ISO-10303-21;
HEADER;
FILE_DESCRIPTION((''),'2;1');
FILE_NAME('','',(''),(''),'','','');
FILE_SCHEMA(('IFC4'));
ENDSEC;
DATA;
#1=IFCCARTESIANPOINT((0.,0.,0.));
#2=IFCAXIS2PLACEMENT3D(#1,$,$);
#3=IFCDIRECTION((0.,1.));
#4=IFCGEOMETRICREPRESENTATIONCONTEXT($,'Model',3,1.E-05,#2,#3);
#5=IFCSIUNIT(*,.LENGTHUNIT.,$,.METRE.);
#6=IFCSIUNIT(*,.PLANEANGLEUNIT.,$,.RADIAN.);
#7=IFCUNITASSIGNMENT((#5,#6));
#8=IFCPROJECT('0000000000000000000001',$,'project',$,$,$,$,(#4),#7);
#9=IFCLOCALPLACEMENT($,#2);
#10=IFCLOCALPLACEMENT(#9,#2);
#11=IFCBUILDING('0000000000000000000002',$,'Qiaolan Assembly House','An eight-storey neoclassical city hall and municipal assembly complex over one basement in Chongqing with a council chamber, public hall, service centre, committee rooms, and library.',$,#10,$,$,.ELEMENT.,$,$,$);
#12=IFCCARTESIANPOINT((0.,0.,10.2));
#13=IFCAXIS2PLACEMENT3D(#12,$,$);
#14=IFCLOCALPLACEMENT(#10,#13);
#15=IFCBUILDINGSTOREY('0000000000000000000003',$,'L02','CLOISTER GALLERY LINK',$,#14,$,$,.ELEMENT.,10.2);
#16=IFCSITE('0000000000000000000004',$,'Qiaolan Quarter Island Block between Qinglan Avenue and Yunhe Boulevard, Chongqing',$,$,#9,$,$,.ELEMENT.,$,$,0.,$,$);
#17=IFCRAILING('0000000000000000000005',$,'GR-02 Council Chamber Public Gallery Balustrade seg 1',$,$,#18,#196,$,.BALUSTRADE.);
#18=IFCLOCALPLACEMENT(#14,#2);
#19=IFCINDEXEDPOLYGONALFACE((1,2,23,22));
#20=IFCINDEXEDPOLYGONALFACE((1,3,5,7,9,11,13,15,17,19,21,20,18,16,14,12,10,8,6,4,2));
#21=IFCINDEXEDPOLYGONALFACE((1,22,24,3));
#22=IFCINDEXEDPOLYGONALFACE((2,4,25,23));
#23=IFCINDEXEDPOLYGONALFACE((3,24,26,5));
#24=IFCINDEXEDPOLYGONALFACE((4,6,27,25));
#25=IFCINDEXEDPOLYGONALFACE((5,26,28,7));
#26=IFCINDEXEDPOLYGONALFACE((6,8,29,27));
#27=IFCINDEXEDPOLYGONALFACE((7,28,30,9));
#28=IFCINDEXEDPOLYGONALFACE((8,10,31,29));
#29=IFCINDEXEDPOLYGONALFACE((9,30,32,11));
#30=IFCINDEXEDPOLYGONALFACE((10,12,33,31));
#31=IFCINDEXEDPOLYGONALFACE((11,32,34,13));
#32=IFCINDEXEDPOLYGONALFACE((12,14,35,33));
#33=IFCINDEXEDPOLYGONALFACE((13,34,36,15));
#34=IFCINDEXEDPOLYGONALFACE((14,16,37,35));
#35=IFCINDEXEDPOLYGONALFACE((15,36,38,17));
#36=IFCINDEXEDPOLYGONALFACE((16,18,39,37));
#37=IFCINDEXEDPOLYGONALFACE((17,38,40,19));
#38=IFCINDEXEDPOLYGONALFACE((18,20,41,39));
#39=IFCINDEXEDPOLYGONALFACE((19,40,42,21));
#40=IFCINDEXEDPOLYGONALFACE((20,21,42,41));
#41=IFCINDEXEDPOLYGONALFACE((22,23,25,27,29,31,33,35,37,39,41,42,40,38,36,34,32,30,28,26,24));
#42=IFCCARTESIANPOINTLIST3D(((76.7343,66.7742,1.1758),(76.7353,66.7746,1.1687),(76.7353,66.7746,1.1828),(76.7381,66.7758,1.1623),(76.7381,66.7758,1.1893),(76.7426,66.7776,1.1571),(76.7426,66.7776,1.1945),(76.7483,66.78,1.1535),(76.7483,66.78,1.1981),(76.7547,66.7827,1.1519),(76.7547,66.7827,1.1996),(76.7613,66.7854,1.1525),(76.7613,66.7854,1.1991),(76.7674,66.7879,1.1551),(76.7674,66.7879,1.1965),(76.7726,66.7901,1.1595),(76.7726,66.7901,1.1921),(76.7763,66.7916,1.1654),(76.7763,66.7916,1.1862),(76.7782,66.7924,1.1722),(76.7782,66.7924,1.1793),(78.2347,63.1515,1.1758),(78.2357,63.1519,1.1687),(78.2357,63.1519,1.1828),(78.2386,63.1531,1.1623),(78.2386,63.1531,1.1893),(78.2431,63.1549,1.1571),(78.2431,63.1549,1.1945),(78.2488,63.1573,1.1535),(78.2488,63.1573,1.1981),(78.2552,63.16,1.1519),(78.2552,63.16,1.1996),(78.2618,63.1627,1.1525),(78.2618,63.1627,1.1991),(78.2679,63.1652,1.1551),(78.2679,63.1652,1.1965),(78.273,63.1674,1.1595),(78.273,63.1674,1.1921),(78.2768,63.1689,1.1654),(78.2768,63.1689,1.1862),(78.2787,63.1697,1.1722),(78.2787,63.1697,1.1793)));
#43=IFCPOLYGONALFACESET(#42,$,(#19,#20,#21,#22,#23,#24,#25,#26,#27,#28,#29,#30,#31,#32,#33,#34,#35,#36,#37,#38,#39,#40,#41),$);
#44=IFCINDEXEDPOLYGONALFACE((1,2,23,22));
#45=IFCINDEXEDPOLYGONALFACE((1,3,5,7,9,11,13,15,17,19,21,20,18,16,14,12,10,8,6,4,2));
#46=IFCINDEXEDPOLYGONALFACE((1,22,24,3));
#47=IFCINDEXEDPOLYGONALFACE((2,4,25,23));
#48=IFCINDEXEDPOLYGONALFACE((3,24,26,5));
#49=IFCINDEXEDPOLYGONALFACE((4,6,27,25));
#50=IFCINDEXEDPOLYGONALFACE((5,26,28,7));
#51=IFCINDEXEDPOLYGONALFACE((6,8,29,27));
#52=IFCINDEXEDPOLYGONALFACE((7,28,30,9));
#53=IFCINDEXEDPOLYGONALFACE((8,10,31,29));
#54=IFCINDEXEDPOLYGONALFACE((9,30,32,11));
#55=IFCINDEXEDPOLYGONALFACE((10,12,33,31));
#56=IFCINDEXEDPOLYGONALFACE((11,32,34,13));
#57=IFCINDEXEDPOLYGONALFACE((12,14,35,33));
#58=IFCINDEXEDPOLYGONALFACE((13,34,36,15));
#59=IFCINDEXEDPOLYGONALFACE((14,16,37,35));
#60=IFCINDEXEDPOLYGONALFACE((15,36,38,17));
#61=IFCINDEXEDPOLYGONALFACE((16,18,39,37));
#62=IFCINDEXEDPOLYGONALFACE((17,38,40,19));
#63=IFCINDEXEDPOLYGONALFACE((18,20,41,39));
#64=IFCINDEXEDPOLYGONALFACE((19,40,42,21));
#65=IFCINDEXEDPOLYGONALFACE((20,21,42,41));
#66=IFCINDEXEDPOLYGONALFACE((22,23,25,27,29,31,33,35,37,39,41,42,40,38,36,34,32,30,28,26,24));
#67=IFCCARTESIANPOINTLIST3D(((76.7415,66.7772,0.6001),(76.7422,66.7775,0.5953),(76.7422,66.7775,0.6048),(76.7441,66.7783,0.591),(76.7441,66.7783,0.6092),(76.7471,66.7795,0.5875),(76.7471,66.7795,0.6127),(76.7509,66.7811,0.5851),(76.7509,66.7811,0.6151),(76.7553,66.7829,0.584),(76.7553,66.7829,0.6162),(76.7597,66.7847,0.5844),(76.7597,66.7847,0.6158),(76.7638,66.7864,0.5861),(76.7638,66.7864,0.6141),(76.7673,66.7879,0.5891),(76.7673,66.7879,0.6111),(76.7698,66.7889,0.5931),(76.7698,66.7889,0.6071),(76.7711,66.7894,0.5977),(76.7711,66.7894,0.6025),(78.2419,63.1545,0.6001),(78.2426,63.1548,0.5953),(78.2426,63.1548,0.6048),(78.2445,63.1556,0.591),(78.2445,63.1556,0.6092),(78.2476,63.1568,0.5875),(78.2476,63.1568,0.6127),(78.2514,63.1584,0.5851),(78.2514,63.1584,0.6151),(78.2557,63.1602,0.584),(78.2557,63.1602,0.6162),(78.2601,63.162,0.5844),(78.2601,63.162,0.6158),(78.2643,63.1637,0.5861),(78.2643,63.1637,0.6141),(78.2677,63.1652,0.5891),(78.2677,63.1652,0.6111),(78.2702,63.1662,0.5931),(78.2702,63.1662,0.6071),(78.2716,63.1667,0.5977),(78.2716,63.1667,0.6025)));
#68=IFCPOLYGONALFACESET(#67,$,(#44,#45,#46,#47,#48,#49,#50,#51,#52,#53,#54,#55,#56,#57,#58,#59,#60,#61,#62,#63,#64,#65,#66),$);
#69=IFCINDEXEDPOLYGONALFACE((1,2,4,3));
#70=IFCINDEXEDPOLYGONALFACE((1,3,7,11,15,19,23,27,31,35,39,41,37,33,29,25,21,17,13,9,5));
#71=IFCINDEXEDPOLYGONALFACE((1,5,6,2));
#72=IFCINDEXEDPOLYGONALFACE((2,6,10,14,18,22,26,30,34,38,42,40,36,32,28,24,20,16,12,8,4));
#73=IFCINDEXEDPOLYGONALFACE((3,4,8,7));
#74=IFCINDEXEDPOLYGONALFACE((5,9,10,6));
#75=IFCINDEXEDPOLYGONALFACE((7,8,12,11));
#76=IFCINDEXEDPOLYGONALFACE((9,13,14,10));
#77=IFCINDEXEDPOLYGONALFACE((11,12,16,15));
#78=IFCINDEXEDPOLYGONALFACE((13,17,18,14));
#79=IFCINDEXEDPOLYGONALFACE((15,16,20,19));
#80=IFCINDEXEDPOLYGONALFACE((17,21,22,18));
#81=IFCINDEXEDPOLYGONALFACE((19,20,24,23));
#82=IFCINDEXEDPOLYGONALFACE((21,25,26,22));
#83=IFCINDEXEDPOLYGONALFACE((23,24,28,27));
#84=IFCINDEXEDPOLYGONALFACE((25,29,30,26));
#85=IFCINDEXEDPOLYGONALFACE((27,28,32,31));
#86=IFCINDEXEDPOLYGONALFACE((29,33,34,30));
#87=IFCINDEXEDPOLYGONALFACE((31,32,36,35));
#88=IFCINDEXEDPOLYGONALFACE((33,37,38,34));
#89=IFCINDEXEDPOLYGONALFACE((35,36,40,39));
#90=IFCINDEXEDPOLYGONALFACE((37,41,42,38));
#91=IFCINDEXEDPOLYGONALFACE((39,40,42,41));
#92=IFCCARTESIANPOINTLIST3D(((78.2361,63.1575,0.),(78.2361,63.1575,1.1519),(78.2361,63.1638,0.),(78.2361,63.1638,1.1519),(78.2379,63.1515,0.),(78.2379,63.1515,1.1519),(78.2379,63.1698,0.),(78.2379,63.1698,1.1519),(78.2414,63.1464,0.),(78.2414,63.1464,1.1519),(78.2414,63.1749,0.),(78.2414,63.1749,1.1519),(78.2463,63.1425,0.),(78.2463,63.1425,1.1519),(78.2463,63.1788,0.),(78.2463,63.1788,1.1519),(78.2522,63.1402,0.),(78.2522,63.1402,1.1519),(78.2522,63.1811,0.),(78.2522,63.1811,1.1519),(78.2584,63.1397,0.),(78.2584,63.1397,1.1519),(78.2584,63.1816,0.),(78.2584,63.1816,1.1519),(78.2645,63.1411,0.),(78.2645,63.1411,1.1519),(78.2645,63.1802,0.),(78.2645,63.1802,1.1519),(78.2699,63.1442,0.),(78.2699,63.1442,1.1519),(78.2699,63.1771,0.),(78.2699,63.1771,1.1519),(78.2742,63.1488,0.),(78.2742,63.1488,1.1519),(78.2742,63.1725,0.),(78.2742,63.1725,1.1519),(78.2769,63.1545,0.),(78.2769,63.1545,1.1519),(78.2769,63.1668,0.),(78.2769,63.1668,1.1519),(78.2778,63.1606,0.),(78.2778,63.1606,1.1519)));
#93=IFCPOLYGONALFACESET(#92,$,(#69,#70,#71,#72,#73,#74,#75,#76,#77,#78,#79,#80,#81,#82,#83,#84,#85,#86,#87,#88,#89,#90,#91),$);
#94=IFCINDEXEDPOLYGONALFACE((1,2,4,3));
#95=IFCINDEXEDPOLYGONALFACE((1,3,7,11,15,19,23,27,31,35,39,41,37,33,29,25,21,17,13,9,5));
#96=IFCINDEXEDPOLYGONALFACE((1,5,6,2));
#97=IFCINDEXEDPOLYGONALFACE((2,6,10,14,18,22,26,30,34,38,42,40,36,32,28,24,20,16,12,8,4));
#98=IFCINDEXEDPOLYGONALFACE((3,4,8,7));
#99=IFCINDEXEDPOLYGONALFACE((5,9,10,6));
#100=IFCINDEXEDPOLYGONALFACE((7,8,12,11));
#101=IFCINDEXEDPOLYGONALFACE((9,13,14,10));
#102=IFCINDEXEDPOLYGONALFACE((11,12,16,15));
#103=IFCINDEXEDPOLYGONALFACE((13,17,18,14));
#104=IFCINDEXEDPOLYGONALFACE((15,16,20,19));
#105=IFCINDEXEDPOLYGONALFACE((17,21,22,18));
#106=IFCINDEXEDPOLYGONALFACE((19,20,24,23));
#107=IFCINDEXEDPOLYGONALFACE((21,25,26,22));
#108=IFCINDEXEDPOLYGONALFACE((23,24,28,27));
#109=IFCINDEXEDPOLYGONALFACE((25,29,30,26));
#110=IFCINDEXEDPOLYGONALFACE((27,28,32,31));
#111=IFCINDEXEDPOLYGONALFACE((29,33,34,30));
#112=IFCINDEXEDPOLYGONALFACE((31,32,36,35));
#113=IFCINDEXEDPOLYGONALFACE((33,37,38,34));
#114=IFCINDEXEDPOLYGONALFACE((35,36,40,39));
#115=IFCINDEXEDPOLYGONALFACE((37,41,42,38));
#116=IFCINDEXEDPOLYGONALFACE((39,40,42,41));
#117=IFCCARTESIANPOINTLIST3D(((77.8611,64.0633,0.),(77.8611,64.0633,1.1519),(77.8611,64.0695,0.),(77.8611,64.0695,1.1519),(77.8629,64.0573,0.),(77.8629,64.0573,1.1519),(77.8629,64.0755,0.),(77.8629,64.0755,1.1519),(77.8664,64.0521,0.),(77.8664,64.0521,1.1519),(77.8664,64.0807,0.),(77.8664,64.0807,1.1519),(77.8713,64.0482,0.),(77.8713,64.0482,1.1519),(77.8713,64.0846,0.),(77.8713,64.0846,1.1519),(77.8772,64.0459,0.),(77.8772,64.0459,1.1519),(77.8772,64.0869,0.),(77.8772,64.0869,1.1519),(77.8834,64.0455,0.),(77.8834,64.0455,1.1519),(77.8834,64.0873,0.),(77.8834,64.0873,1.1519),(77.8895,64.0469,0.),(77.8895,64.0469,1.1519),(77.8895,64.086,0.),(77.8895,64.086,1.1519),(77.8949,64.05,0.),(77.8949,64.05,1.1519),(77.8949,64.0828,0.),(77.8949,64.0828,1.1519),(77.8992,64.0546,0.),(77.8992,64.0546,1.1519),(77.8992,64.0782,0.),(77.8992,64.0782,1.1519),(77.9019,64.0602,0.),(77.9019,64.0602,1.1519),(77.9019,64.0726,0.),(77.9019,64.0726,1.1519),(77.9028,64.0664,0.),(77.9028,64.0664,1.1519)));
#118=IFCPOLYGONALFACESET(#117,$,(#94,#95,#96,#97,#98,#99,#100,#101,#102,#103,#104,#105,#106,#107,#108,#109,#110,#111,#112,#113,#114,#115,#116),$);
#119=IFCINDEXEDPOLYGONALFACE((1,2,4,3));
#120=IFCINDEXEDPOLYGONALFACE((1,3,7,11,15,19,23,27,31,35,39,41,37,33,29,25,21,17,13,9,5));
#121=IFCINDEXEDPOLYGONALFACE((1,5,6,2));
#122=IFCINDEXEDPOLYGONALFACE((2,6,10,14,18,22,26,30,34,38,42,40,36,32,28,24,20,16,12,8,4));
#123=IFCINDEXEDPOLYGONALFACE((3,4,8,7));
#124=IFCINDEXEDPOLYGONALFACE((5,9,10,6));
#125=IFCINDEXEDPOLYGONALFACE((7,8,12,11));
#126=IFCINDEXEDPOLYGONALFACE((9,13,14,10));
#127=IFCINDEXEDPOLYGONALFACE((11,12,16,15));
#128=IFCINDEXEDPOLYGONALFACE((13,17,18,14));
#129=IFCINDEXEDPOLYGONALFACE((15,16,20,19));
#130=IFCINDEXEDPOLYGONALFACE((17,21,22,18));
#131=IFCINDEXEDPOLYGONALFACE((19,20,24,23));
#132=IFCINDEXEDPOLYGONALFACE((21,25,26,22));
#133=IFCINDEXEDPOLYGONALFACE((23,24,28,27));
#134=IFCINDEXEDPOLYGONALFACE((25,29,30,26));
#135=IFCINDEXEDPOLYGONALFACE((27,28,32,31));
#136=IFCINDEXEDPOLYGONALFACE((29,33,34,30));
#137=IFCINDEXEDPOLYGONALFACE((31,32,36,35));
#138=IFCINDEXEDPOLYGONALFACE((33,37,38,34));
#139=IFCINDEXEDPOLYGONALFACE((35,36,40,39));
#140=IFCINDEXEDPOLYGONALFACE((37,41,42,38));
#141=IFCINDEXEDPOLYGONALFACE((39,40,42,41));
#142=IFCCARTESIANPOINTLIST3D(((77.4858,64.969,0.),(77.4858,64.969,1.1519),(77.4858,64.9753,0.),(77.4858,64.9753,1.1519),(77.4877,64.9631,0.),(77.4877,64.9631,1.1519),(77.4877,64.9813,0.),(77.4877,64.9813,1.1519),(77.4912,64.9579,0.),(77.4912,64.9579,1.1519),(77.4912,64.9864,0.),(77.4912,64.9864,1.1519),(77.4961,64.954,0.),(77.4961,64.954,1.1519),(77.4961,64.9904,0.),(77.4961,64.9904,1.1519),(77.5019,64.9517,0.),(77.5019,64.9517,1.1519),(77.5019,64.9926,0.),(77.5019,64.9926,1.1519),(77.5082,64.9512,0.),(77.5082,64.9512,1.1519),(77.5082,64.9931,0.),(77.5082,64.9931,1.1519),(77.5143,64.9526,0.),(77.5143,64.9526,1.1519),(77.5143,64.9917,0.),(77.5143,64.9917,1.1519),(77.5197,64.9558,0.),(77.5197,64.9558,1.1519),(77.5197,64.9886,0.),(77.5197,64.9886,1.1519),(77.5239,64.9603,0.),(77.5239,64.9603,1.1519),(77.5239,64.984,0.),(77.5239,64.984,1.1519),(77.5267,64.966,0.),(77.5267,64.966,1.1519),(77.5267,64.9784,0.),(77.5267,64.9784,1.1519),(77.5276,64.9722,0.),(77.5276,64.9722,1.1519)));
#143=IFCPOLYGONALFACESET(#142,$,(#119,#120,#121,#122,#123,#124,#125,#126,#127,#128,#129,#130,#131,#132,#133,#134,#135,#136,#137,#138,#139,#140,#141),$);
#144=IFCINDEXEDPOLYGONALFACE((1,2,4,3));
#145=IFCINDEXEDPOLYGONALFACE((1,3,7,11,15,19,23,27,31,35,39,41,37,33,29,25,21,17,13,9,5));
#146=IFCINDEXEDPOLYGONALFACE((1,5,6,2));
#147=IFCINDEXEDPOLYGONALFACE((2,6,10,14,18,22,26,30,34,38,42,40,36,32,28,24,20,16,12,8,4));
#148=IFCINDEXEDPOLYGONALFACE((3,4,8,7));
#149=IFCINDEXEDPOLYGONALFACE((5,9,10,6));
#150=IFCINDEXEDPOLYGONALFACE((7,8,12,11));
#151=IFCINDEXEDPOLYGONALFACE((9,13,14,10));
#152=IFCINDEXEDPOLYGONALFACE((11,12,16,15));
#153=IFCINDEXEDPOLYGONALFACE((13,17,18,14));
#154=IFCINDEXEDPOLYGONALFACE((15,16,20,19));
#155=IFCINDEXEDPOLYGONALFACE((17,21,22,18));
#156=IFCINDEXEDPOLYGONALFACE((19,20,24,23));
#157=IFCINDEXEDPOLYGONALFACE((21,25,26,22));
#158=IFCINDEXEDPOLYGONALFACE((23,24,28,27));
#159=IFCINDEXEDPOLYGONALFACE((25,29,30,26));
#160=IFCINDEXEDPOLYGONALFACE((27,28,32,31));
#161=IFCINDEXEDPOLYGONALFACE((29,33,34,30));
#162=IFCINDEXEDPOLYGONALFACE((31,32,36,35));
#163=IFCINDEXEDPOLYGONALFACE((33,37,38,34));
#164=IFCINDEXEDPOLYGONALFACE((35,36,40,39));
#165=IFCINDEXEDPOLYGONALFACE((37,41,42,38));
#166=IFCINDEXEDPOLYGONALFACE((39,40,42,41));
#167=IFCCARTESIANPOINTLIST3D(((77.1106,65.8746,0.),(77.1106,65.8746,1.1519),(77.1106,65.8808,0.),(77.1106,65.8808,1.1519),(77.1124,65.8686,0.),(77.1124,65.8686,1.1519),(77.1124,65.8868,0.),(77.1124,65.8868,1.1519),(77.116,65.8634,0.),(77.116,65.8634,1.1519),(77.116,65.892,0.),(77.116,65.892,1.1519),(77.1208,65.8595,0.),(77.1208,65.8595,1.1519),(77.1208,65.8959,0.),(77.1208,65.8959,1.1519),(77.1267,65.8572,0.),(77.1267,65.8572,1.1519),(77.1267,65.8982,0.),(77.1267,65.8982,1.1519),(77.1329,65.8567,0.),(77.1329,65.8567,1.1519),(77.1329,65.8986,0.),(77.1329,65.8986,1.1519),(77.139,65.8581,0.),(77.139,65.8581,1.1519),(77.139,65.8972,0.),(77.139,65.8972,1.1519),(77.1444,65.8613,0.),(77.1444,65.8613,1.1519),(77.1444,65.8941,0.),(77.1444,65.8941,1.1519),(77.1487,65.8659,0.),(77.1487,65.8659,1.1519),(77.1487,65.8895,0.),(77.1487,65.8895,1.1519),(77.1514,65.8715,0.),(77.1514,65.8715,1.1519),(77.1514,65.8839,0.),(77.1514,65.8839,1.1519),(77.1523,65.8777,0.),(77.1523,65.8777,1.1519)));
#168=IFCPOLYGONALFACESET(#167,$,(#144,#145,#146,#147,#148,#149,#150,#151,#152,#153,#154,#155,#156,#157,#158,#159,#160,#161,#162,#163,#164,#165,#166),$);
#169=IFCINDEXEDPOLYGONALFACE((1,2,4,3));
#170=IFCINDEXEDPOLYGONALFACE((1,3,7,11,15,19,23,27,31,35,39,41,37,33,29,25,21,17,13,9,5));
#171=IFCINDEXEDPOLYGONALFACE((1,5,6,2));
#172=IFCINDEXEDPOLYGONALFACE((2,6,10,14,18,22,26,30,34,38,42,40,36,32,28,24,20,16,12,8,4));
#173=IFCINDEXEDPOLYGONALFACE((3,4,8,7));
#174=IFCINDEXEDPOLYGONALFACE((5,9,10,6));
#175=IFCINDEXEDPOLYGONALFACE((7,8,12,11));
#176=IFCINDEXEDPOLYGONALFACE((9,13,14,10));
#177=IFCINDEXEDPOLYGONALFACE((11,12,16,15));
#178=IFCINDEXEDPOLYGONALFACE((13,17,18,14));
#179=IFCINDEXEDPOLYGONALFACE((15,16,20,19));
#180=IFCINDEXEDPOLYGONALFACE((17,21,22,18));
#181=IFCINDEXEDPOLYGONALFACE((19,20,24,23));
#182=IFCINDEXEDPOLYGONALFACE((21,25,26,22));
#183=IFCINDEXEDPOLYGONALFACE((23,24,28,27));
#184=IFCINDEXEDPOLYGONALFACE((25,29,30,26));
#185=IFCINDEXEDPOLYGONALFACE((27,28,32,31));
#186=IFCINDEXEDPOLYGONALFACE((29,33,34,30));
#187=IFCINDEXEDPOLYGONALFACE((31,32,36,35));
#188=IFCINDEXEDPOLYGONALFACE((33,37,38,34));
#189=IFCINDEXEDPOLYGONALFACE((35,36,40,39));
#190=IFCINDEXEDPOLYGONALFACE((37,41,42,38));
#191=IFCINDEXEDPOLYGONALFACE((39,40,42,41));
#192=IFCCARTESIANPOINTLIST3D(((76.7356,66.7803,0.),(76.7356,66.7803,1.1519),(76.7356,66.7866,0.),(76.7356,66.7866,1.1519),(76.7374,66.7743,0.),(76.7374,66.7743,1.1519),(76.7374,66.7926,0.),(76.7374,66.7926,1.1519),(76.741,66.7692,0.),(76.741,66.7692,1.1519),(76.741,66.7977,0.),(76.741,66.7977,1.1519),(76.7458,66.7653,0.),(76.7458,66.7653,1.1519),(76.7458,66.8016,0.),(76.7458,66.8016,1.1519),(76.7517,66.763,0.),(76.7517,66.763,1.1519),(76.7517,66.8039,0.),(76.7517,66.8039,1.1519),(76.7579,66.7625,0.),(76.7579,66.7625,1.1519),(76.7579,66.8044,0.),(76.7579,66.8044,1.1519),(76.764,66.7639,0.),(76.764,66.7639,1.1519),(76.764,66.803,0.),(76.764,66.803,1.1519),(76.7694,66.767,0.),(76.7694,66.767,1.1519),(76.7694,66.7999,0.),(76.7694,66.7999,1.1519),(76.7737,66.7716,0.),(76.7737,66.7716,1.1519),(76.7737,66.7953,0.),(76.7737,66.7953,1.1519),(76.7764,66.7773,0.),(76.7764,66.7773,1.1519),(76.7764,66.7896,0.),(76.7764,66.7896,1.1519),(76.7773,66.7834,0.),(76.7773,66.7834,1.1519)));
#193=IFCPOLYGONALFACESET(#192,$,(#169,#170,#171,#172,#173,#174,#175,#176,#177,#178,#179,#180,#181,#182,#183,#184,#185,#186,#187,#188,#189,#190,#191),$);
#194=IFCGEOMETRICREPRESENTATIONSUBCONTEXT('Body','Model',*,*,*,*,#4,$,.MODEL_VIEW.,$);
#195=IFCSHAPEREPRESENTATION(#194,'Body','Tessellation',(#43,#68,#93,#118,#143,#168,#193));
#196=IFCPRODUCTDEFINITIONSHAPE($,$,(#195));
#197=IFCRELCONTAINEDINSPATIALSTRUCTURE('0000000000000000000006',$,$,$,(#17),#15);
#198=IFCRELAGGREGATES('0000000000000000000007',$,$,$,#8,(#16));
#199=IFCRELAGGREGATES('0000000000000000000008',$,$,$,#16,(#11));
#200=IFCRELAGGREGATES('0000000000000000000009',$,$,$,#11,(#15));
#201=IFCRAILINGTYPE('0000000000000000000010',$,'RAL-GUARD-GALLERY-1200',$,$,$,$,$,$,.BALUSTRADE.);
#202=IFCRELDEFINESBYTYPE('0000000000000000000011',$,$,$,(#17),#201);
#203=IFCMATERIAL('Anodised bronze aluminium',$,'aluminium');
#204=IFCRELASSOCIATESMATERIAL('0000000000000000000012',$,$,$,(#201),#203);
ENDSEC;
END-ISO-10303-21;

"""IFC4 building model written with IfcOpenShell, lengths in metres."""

from ifc_helpers import new_model, si_unit, direction, frame, origin, origin_2d, place, context, subcontext, project, spatial, circle, extrude, material, type_object, element, save


model = new_model("IFC4")

# Units and contexts
model_context = context("Model", 3, precision=1e-05, world=origin(), true_north=direction((0.0, 1.0)))
body_context = subcontext(model_context, "Body", "Model", "MODEL_VIEW")
ifc_project = project(units=[si_unit("LENGTHUNIT", "METRE"), si_unit("PLANEANGLEUNIT", "RADIAN")], contexts=[model_context])

# Site, building, storey
site_placement = place(None, origin())
site = spatial("IfcSite", under=ifc_project, at=site_placement, Name="Qiaolan Quarter Island Block between Qinglan Avenue and Yunhe Boulevard, Chongqing", CompositionType="ELEMENT", RefElevation=0.0)
building_placement = place(site_placement, origin())
building = spatial("IfcBuilding", under=site, at=building_placement, Name="Qiaolan Assembly House", Description="An eight-storey neoclassical city hall and municipal assembly complex over one basement in Chongqing with a council chamber, public hall, service centre, committee rooms, and library.", CompositionType="ELEMENT")
storey_placement = place(building_placement, frame((0.0, 0.0, 10.2)))
storey = spatial("IfcBuildingStorey", under=building, at=storey_placement, Name="L02", Description="CLOISTER GALLERY LINK", CompositionType="ELEMENT", Elevation=10.2)

# Railing
ifc_material_1 = material(Name="Anodised bronze aluminium", Category="aluminium")
railing_type = type_object("IfcRailingType", Name="RAL-GUARD-GALLERY-1200", PredefinedType="BALUSTRADE", material=ifc_material_1)
railing_1_placement = place(storey_placement, frame((78.2568, 63.1606, 0.0)))
element("IfcRailing", 1, at=railing_1_placement, inside=storey, type_object=railing_type, Name="GR-02 Council Chamber Public Gallery Balustrade seg 1", PredefinedType="BALUSTRADE", context=body_context, shape_type="SweptSolid", body=[
    extrude(circle(Radius=0.0239, at=origin_2d()), frame((0.0, 0.0, 1.1758), z_axis=(-0.382656, 0.923891, 0.0), x_axis=(-0.923891, -0.382656, 0.0)), (0.0, 0.0, 1.0), 3.9211),
    extrude(circle(Radius=0.0161, at=origin_2d()), frame((0.0, 0.0, 0.6001), z_axis=(-0.382656, 0.923891, 0.0), x_axis=(-0.923891, -0.382656, 0.0)), (0.0, 0.0, 1.0), 3.9211),
    extrude(circle(Radius=0.021, at=origin_2d()), origin(), (0.0, 0.0, 1.0), 1.1519),
    extrude(circle(Radius=0.021, at=origin_2d()), frame((-0.375, 0.9058, 0.0)), (0.0, 0.0, 1.0), 1.1519),
    extrude(circle(Radius=0.021, at=origin_2d()), frame((-0.7502, 1.8115, 0.0)), (0.0, 0.0, 1.0), 1.1519),
    extrude(circle(Radius=0.021, at=origin_2d()), frame((-1.1255, 2.717, 0.0)), (0.0, 0.0, 1.0), 1.1519),
    extrude(circle(Radius=0.021, at=origin_2d()), frame((-1.5005, 3.6228, 0.0)), (0.0, 0.0, 1.0), 1.1519),
])

save(model, "model.ifc")
